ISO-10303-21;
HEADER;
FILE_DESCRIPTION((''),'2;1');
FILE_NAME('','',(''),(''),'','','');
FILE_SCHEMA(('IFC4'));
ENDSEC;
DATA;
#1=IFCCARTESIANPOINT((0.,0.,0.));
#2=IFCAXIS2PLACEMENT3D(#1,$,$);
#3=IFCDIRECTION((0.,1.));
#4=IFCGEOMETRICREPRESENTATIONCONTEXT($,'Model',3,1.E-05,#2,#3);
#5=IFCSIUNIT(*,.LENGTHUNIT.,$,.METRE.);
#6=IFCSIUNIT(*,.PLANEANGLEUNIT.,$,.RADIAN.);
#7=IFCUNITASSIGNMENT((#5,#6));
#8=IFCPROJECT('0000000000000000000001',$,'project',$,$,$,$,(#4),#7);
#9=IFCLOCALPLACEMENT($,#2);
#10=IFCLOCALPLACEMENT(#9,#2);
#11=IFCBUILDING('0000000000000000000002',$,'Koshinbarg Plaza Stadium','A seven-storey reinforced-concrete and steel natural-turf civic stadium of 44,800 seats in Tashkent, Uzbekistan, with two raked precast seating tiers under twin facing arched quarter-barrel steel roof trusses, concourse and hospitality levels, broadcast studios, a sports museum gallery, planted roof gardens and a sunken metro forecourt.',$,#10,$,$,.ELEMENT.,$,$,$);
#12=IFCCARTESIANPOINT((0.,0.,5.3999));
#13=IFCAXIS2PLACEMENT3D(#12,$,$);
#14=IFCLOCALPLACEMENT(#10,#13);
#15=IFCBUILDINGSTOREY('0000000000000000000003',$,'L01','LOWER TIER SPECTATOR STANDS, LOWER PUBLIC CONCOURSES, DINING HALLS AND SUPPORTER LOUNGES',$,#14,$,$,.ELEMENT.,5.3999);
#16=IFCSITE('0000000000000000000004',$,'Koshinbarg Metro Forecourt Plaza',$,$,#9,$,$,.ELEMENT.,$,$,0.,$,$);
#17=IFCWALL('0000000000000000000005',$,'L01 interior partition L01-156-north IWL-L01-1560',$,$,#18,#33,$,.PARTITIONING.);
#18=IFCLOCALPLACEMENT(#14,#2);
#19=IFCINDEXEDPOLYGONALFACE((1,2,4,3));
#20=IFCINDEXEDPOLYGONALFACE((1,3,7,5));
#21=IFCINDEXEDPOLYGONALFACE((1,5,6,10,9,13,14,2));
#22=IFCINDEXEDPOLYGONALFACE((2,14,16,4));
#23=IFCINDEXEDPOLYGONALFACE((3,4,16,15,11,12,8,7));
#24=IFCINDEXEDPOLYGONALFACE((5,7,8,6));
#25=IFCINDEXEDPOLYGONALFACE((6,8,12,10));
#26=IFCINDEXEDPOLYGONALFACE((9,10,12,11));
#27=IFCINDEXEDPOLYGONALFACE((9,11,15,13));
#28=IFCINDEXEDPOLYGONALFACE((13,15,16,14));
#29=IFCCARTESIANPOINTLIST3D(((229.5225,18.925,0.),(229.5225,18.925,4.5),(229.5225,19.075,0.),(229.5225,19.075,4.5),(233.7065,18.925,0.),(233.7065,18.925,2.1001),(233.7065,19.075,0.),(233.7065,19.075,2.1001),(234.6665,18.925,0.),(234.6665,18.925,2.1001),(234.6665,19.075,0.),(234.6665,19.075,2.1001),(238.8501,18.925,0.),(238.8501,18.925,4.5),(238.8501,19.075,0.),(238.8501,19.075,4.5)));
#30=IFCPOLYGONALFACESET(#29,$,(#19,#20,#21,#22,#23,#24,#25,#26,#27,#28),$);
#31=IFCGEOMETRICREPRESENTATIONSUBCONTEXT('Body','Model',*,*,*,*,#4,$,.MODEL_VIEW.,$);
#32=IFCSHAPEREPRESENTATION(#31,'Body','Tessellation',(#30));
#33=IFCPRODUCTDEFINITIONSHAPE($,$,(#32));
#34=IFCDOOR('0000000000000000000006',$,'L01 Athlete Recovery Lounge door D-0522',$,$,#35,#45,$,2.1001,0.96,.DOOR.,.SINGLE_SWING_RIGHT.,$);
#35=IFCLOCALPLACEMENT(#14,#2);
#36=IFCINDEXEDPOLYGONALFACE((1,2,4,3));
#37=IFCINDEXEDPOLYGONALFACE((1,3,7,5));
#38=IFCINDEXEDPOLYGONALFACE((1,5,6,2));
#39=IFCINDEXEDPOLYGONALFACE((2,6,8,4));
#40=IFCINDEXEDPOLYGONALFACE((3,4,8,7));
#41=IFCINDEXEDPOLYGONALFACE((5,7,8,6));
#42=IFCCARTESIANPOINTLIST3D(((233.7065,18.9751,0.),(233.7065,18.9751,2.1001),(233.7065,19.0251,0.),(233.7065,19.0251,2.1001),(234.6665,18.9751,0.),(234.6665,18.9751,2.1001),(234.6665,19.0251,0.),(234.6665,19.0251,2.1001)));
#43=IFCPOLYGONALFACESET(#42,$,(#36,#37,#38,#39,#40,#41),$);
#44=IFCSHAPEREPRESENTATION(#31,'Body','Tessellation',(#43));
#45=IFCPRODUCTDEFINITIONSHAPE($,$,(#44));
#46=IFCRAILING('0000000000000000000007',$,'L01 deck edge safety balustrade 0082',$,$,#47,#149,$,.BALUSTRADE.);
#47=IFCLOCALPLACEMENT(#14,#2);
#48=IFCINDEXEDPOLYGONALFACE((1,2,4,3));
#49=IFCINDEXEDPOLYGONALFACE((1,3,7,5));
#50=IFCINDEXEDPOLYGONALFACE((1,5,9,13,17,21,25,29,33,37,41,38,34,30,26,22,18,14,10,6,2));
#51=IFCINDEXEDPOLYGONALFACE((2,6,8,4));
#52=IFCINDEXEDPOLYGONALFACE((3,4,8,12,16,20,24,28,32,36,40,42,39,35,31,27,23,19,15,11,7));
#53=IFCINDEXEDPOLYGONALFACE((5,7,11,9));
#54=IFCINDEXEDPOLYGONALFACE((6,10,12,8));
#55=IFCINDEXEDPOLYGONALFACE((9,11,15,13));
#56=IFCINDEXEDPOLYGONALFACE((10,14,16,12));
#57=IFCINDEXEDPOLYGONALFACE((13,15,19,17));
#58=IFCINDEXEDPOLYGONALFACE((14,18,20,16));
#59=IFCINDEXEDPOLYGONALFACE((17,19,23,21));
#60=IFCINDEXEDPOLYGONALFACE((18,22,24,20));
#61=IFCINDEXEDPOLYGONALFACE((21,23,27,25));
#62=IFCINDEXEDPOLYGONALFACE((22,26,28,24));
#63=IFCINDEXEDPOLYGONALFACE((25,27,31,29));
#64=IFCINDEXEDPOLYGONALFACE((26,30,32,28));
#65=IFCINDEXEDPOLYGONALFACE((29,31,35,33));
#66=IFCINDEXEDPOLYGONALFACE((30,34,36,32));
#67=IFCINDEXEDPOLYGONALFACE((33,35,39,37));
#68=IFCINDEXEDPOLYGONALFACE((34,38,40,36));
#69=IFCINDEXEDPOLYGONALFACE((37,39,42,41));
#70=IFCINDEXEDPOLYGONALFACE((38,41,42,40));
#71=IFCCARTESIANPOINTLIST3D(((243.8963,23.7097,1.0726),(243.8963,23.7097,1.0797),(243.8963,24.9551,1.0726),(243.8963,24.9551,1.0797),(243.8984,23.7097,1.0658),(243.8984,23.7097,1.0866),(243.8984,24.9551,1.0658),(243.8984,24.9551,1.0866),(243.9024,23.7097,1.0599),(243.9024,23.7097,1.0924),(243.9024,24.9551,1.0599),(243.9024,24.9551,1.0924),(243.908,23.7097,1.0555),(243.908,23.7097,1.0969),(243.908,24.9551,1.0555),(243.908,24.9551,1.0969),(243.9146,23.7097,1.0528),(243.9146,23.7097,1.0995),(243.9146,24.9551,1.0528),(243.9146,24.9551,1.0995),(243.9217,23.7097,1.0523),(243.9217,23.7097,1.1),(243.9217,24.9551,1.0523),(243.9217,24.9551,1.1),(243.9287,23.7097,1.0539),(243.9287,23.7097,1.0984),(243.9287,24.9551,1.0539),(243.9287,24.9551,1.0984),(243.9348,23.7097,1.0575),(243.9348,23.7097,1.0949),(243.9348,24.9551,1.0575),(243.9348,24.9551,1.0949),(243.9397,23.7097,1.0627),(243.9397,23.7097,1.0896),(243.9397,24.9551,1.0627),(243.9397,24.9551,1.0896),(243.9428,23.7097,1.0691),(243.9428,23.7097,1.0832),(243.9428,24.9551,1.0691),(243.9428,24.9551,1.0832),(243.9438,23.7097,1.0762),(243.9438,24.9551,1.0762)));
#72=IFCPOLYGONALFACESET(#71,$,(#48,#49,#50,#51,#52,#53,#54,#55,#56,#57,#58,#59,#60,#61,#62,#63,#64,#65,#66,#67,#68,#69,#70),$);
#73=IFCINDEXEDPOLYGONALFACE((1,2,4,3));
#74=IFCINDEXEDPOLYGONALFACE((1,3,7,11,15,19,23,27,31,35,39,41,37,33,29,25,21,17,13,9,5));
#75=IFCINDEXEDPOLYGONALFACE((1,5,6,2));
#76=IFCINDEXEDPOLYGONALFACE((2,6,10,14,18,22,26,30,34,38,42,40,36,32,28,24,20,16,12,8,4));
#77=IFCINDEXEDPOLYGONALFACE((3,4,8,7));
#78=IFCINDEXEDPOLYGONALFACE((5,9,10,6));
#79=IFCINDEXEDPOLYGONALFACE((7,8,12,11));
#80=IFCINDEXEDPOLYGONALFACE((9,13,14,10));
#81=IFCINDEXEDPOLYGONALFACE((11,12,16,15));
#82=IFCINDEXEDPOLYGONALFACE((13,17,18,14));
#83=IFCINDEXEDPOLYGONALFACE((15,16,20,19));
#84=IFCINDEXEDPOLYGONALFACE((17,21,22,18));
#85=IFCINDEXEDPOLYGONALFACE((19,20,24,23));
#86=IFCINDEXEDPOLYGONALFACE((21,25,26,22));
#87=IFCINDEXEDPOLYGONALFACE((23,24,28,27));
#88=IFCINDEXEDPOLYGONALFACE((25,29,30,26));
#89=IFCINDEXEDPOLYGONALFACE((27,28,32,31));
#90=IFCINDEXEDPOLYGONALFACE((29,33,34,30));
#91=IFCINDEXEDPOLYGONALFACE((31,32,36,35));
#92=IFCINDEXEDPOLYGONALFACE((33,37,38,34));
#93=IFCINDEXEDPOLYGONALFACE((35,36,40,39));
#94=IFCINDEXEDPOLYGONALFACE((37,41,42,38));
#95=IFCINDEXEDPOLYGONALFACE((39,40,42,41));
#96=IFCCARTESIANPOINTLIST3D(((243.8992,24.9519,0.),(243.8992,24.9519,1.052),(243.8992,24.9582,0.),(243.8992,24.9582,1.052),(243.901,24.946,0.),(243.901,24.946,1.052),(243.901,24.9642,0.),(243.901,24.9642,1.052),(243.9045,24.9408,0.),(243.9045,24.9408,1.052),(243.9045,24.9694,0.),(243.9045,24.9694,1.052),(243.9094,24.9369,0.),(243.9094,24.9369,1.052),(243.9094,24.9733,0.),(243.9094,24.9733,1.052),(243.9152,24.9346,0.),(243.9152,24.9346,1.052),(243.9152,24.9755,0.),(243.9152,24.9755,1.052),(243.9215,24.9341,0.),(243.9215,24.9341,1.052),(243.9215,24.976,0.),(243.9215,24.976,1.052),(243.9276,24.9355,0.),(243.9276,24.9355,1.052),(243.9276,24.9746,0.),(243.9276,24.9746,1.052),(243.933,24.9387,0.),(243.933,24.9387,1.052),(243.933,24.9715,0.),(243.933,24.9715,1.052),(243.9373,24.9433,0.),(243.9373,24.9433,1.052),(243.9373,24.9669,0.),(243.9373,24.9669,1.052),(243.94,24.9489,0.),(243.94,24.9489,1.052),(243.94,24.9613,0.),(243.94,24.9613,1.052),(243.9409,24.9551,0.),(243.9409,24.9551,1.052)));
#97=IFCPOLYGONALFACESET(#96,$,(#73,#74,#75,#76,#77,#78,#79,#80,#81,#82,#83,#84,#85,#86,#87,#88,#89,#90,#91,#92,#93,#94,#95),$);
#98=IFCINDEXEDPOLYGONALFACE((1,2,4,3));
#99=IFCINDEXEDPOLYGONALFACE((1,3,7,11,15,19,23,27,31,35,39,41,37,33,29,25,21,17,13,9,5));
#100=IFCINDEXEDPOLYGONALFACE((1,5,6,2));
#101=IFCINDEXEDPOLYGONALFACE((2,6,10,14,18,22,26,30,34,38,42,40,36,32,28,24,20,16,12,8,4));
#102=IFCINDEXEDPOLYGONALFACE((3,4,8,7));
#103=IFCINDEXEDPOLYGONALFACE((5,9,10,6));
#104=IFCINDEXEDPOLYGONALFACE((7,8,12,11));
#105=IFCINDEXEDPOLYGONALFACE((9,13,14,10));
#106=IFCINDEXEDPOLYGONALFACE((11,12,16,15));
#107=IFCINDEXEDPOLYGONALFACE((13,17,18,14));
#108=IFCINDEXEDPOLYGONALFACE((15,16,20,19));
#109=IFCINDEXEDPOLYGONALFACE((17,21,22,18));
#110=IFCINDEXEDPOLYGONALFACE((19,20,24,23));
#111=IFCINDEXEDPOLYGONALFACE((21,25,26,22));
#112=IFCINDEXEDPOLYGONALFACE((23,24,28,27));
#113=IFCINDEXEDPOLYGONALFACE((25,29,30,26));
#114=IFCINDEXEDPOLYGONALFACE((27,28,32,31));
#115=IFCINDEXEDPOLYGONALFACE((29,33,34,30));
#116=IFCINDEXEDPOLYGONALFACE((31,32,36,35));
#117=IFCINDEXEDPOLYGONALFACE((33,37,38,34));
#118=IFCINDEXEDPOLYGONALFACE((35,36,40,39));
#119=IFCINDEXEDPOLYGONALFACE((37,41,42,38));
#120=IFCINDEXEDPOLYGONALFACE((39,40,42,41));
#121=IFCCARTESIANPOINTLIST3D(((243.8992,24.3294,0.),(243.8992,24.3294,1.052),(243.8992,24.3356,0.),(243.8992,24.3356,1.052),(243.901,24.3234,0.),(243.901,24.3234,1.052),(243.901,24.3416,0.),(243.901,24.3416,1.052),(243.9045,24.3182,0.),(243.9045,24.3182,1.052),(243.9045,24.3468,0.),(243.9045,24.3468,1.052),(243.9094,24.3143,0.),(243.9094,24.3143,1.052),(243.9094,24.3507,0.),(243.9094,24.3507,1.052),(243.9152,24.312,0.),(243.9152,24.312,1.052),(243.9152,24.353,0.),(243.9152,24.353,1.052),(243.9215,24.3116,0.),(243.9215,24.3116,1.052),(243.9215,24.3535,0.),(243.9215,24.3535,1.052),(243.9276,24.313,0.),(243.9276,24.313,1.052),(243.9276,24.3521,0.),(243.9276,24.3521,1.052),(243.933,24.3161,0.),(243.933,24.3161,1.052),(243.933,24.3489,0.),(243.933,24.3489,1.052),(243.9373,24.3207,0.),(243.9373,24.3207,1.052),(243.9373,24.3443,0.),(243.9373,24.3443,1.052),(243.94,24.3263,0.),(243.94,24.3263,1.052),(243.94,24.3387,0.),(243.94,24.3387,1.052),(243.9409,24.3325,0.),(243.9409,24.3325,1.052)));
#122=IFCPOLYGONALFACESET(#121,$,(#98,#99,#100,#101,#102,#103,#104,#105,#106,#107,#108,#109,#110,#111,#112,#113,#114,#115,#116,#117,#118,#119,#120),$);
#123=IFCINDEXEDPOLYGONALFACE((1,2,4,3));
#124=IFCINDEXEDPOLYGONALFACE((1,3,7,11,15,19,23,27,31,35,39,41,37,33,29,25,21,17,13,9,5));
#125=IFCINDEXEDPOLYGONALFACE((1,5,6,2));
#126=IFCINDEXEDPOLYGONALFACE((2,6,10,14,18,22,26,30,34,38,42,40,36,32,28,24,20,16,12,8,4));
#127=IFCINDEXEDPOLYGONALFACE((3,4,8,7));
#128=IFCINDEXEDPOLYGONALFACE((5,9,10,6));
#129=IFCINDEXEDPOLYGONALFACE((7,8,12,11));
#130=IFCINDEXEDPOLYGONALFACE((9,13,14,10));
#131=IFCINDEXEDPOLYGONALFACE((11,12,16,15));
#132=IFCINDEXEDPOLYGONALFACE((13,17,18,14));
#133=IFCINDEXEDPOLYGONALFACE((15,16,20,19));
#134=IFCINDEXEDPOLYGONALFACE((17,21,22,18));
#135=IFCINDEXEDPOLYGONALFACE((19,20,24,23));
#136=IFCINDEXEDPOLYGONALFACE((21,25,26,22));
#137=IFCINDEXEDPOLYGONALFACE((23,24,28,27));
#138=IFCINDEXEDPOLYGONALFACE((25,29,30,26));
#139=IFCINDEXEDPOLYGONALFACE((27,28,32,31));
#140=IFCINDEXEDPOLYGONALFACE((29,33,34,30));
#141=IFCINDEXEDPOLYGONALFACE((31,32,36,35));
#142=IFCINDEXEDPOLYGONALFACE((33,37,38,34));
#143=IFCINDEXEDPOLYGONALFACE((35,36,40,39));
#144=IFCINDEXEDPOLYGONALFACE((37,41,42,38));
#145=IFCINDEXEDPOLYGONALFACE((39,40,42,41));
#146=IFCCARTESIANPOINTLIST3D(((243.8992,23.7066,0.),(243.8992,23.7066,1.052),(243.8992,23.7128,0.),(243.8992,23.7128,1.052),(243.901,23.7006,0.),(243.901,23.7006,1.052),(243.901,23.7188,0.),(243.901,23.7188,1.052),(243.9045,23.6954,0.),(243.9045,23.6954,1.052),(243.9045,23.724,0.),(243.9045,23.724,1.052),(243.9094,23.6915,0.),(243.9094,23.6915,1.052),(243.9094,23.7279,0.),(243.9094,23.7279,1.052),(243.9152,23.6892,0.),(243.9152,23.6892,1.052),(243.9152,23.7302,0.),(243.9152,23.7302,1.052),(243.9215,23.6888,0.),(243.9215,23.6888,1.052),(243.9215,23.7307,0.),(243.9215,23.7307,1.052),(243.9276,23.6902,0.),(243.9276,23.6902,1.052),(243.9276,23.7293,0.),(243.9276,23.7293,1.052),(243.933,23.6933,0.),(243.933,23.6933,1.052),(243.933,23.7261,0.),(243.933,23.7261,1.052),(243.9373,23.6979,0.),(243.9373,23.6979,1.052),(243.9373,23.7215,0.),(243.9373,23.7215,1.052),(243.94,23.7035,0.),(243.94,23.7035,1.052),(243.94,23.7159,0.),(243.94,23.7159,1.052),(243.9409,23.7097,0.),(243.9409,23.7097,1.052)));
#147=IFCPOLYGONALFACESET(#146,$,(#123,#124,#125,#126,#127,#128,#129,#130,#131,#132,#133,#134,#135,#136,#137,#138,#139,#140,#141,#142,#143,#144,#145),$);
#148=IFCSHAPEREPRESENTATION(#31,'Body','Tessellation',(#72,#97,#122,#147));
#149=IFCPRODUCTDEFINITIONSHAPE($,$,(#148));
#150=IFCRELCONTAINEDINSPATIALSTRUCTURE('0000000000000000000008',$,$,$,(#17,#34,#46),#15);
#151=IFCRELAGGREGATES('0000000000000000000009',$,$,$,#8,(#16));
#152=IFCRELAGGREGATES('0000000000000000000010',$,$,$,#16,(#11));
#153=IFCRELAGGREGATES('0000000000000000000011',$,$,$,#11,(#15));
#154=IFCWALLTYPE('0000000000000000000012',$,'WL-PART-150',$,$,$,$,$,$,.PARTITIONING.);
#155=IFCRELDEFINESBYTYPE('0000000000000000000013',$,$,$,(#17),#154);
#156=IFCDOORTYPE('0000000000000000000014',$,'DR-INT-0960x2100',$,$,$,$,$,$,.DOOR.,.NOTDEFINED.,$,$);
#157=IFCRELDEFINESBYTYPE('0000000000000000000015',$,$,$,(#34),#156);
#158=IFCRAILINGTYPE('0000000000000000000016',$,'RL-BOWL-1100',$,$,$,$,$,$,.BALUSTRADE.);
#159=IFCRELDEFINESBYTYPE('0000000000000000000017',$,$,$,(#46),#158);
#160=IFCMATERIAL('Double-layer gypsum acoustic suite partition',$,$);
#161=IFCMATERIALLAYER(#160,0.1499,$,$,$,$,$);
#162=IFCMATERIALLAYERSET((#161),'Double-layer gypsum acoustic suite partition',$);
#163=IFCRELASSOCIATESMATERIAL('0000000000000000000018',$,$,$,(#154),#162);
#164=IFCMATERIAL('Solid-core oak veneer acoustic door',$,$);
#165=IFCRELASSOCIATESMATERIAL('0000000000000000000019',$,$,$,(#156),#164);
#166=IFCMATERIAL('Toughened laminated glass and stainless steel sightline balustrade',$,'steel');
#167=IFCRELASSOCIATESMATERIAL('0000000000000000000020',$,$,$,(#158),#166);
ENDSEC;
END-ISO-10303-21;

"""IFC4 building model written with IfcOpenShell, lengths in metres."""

from ifc_helpers import new_model, si_unit, direction, frame, frame_2d, origin, origin_2d, place, context, subcontext, project, spatial, rectangle, circle, extrude, material, layer, layer_set, type_object, element, fill, save


model = new_model("IFC4")

# Units and contexts
model_context = context("Model", 3, precision=1e-05, world=origin(), true_north=direction((0.0, 1.0)))
body_context = subcontext(model_context, "Body", "Model", "MODEL_VIEW")
ifc_project = project(units=[si_unit("LENGTHUNIT", "METRE"), si_unit("PLANEANGLEUNIT", "RADIAN")], contexts=[model_context])

# Site, building, storey
site_placement = place(None, origin())
site = spatial("IfcSite", under=ifc_project, at=site_placement, Name="Koshinbarg Metro Forecourt Plaza", CompositionType="ELEMENT", RefElevation=0.0)
building_placement = place(site_placement, origin())
building = spatial("IfcBuilding", under=site, at=building_placement, Name="Koshinbarg Plaza Stadium", Description="A seven-storey reinforced-concrete and steel natural-turf civic stadium of 44,800 seats in Tashkent, Uzbekistan, with two raked precast seating tiers under twin facing arched quarter-barrel steel roof trusses, concourse and hospitality levels, broadcast studios, a sports museum gallery, planted roof gardens and a sunken metro forecourt.", CompositionType="ELEMENT")
storey_placement = place(building_placement, frame((0.0, 0.0, 5.3999)))
storey = spatial("IfcBuildingStorey", under=building, at=storey_placement, Name="L01", Description="LOWER TIER SPECTATOR STANDS, LOWER PUBLIC CONCOURSES, DINING HALLS AND SUPPORTER LOUNGES", CompositionType="ELEMENT", Elevation=5.3999)

# Wall, opening, door
ifc_material_1 = material(Name="Double-layer gypsum acoustic suite partition")
ifc_layer_1 = layer(ifc_material_1, 0.1499)
ifc_layer_set_1 = layer_set([ifc_layer_1], Name="Double-layer gypsum acoustic suite partition")
wall_type = type_object("IfcWallType", Name="WL-PART-150", PredefinedType="PARTITIONING", material=ifc_layer_set_1)
ifc_material_2 = material(Name="Solid-core oak veneer acoustic door")
wall_1_placement = place(storey_placement, frame((238.8501, 19.0, 0.0), z_axis=(0.0, 0.0, 1.0), x_axis=(-1.0, 0.0, 0.0)))
wall_1 = element("IfcWall", 1, at=wall_1_placement, inside=storey, type_object=wall_type, Name="L01 interior partition L01-156-north IWL-L01-1560", PredefinedType="PARTITIONING", context=body_context, shape_type="SweptSolid", body=[
    extrude(rectangle(XDim=9.3276, YDim=0.1499, at=frame_2d((4.6638, 0.0))), origin(), (0.0, 0.0, 1.0), 4.5),
])
opening_1_placement = place(wall_1_placement, frame((4.1836, 0.0, 0.0)))
opening_1 = element("IfcOpeningElement", 2, at=opening_1_placement, cuts=wall_1, PredefinedType="OPENING", context=body_context, shape_type="SweptSolid", body=[
    extrude(rectangle(XDim=0.96, YDim=2.1001, at=frame_2d((0.48, 1.05))), frame((0.0, 0.085, 0.0), z_axis=(0.0, -1.0, 0.0), x_axis=(1.0, 0.0, 0.0)), (0.0, 0.0, 1.0), 0.1699),
])
door_type_1 = type_object("IfcDoorType", Name="DR-INT-0960x2100", OperationType="NOTDEFINED", PredefinedType="DOOR", material=ifc_material_2)
door_1_placement = place(opening_1_placement, origin())
door_1 = element("IfcDoor", 3, at=door_1_placement, inside=storey, type_object=door_type_1, Name="L01 Athlete Recovery Lounge door D-0522", OperationType="SINGLE_SWING_RIGHT", OverallHeight=2.1001, OverallWidth=0.96, PredefinedType="DOOR", context=body_context, shape_type="SweptSolid", body=[
    extrude(rectangle(XDim=0.96, YDim=2.1001, at=frame_2d((0.48, 1.05))), frame((0.0, 0.0249, 0.0), z_axis=(0.0, -1.0, 0.0), x_axis=(1.0, 0.0, 0.0)), (0.0, 0.0, 1.0), 0.05),
])
fill(opening_1, door_1)

# Railing
ifc_material_3 = material(Name="Toughened laminated glass and stainless steel sightline balustrade", Category="steel")
railing_type = type_object("IfcRailingType", Name="RL-BOWL-1100", PredefinedType="BALUSTRADE", material=ifc_material_3)
railing_placement = place(storey_placement, frame((243.9199, 24.9551, 0.0)))
element("IfcRailing", 4, at=railing_placement, inside=storey, type_object=railing_type, Name="L01 deck edge safety balustrade 0082", PredefinedType="BALUSTRADE", context=body_context, shape_type="SweptSolid", body=[
    extrude(circle(Radius=0.0239, at=origin_2d()), frame((0.0, 0.0, 1.0762), z_axis=(0.0, -1.0, 0.0), x_axis=(1.0, 0.0, 0.0)), (0.0, 0.0, 1.0), 1.2454),
    extrude(circle(Radius=0.021, at=origin_2d()), origin(), (0.0, 0.0, 1.0), 1.052),
    extrude(circle(Radius=0.021, at=origin_2d()), frame((0.0, -0.6226, 0.0)), (0.0, 0.0, 1.0), 1.052),
    extrude(circle(Radius=0.021, at=origin_2d()), frame((0.0, -1.2454, 0.0)), (0.0, 0.0, 1.0), 1.052),
])

save(model, "model.ifc")
